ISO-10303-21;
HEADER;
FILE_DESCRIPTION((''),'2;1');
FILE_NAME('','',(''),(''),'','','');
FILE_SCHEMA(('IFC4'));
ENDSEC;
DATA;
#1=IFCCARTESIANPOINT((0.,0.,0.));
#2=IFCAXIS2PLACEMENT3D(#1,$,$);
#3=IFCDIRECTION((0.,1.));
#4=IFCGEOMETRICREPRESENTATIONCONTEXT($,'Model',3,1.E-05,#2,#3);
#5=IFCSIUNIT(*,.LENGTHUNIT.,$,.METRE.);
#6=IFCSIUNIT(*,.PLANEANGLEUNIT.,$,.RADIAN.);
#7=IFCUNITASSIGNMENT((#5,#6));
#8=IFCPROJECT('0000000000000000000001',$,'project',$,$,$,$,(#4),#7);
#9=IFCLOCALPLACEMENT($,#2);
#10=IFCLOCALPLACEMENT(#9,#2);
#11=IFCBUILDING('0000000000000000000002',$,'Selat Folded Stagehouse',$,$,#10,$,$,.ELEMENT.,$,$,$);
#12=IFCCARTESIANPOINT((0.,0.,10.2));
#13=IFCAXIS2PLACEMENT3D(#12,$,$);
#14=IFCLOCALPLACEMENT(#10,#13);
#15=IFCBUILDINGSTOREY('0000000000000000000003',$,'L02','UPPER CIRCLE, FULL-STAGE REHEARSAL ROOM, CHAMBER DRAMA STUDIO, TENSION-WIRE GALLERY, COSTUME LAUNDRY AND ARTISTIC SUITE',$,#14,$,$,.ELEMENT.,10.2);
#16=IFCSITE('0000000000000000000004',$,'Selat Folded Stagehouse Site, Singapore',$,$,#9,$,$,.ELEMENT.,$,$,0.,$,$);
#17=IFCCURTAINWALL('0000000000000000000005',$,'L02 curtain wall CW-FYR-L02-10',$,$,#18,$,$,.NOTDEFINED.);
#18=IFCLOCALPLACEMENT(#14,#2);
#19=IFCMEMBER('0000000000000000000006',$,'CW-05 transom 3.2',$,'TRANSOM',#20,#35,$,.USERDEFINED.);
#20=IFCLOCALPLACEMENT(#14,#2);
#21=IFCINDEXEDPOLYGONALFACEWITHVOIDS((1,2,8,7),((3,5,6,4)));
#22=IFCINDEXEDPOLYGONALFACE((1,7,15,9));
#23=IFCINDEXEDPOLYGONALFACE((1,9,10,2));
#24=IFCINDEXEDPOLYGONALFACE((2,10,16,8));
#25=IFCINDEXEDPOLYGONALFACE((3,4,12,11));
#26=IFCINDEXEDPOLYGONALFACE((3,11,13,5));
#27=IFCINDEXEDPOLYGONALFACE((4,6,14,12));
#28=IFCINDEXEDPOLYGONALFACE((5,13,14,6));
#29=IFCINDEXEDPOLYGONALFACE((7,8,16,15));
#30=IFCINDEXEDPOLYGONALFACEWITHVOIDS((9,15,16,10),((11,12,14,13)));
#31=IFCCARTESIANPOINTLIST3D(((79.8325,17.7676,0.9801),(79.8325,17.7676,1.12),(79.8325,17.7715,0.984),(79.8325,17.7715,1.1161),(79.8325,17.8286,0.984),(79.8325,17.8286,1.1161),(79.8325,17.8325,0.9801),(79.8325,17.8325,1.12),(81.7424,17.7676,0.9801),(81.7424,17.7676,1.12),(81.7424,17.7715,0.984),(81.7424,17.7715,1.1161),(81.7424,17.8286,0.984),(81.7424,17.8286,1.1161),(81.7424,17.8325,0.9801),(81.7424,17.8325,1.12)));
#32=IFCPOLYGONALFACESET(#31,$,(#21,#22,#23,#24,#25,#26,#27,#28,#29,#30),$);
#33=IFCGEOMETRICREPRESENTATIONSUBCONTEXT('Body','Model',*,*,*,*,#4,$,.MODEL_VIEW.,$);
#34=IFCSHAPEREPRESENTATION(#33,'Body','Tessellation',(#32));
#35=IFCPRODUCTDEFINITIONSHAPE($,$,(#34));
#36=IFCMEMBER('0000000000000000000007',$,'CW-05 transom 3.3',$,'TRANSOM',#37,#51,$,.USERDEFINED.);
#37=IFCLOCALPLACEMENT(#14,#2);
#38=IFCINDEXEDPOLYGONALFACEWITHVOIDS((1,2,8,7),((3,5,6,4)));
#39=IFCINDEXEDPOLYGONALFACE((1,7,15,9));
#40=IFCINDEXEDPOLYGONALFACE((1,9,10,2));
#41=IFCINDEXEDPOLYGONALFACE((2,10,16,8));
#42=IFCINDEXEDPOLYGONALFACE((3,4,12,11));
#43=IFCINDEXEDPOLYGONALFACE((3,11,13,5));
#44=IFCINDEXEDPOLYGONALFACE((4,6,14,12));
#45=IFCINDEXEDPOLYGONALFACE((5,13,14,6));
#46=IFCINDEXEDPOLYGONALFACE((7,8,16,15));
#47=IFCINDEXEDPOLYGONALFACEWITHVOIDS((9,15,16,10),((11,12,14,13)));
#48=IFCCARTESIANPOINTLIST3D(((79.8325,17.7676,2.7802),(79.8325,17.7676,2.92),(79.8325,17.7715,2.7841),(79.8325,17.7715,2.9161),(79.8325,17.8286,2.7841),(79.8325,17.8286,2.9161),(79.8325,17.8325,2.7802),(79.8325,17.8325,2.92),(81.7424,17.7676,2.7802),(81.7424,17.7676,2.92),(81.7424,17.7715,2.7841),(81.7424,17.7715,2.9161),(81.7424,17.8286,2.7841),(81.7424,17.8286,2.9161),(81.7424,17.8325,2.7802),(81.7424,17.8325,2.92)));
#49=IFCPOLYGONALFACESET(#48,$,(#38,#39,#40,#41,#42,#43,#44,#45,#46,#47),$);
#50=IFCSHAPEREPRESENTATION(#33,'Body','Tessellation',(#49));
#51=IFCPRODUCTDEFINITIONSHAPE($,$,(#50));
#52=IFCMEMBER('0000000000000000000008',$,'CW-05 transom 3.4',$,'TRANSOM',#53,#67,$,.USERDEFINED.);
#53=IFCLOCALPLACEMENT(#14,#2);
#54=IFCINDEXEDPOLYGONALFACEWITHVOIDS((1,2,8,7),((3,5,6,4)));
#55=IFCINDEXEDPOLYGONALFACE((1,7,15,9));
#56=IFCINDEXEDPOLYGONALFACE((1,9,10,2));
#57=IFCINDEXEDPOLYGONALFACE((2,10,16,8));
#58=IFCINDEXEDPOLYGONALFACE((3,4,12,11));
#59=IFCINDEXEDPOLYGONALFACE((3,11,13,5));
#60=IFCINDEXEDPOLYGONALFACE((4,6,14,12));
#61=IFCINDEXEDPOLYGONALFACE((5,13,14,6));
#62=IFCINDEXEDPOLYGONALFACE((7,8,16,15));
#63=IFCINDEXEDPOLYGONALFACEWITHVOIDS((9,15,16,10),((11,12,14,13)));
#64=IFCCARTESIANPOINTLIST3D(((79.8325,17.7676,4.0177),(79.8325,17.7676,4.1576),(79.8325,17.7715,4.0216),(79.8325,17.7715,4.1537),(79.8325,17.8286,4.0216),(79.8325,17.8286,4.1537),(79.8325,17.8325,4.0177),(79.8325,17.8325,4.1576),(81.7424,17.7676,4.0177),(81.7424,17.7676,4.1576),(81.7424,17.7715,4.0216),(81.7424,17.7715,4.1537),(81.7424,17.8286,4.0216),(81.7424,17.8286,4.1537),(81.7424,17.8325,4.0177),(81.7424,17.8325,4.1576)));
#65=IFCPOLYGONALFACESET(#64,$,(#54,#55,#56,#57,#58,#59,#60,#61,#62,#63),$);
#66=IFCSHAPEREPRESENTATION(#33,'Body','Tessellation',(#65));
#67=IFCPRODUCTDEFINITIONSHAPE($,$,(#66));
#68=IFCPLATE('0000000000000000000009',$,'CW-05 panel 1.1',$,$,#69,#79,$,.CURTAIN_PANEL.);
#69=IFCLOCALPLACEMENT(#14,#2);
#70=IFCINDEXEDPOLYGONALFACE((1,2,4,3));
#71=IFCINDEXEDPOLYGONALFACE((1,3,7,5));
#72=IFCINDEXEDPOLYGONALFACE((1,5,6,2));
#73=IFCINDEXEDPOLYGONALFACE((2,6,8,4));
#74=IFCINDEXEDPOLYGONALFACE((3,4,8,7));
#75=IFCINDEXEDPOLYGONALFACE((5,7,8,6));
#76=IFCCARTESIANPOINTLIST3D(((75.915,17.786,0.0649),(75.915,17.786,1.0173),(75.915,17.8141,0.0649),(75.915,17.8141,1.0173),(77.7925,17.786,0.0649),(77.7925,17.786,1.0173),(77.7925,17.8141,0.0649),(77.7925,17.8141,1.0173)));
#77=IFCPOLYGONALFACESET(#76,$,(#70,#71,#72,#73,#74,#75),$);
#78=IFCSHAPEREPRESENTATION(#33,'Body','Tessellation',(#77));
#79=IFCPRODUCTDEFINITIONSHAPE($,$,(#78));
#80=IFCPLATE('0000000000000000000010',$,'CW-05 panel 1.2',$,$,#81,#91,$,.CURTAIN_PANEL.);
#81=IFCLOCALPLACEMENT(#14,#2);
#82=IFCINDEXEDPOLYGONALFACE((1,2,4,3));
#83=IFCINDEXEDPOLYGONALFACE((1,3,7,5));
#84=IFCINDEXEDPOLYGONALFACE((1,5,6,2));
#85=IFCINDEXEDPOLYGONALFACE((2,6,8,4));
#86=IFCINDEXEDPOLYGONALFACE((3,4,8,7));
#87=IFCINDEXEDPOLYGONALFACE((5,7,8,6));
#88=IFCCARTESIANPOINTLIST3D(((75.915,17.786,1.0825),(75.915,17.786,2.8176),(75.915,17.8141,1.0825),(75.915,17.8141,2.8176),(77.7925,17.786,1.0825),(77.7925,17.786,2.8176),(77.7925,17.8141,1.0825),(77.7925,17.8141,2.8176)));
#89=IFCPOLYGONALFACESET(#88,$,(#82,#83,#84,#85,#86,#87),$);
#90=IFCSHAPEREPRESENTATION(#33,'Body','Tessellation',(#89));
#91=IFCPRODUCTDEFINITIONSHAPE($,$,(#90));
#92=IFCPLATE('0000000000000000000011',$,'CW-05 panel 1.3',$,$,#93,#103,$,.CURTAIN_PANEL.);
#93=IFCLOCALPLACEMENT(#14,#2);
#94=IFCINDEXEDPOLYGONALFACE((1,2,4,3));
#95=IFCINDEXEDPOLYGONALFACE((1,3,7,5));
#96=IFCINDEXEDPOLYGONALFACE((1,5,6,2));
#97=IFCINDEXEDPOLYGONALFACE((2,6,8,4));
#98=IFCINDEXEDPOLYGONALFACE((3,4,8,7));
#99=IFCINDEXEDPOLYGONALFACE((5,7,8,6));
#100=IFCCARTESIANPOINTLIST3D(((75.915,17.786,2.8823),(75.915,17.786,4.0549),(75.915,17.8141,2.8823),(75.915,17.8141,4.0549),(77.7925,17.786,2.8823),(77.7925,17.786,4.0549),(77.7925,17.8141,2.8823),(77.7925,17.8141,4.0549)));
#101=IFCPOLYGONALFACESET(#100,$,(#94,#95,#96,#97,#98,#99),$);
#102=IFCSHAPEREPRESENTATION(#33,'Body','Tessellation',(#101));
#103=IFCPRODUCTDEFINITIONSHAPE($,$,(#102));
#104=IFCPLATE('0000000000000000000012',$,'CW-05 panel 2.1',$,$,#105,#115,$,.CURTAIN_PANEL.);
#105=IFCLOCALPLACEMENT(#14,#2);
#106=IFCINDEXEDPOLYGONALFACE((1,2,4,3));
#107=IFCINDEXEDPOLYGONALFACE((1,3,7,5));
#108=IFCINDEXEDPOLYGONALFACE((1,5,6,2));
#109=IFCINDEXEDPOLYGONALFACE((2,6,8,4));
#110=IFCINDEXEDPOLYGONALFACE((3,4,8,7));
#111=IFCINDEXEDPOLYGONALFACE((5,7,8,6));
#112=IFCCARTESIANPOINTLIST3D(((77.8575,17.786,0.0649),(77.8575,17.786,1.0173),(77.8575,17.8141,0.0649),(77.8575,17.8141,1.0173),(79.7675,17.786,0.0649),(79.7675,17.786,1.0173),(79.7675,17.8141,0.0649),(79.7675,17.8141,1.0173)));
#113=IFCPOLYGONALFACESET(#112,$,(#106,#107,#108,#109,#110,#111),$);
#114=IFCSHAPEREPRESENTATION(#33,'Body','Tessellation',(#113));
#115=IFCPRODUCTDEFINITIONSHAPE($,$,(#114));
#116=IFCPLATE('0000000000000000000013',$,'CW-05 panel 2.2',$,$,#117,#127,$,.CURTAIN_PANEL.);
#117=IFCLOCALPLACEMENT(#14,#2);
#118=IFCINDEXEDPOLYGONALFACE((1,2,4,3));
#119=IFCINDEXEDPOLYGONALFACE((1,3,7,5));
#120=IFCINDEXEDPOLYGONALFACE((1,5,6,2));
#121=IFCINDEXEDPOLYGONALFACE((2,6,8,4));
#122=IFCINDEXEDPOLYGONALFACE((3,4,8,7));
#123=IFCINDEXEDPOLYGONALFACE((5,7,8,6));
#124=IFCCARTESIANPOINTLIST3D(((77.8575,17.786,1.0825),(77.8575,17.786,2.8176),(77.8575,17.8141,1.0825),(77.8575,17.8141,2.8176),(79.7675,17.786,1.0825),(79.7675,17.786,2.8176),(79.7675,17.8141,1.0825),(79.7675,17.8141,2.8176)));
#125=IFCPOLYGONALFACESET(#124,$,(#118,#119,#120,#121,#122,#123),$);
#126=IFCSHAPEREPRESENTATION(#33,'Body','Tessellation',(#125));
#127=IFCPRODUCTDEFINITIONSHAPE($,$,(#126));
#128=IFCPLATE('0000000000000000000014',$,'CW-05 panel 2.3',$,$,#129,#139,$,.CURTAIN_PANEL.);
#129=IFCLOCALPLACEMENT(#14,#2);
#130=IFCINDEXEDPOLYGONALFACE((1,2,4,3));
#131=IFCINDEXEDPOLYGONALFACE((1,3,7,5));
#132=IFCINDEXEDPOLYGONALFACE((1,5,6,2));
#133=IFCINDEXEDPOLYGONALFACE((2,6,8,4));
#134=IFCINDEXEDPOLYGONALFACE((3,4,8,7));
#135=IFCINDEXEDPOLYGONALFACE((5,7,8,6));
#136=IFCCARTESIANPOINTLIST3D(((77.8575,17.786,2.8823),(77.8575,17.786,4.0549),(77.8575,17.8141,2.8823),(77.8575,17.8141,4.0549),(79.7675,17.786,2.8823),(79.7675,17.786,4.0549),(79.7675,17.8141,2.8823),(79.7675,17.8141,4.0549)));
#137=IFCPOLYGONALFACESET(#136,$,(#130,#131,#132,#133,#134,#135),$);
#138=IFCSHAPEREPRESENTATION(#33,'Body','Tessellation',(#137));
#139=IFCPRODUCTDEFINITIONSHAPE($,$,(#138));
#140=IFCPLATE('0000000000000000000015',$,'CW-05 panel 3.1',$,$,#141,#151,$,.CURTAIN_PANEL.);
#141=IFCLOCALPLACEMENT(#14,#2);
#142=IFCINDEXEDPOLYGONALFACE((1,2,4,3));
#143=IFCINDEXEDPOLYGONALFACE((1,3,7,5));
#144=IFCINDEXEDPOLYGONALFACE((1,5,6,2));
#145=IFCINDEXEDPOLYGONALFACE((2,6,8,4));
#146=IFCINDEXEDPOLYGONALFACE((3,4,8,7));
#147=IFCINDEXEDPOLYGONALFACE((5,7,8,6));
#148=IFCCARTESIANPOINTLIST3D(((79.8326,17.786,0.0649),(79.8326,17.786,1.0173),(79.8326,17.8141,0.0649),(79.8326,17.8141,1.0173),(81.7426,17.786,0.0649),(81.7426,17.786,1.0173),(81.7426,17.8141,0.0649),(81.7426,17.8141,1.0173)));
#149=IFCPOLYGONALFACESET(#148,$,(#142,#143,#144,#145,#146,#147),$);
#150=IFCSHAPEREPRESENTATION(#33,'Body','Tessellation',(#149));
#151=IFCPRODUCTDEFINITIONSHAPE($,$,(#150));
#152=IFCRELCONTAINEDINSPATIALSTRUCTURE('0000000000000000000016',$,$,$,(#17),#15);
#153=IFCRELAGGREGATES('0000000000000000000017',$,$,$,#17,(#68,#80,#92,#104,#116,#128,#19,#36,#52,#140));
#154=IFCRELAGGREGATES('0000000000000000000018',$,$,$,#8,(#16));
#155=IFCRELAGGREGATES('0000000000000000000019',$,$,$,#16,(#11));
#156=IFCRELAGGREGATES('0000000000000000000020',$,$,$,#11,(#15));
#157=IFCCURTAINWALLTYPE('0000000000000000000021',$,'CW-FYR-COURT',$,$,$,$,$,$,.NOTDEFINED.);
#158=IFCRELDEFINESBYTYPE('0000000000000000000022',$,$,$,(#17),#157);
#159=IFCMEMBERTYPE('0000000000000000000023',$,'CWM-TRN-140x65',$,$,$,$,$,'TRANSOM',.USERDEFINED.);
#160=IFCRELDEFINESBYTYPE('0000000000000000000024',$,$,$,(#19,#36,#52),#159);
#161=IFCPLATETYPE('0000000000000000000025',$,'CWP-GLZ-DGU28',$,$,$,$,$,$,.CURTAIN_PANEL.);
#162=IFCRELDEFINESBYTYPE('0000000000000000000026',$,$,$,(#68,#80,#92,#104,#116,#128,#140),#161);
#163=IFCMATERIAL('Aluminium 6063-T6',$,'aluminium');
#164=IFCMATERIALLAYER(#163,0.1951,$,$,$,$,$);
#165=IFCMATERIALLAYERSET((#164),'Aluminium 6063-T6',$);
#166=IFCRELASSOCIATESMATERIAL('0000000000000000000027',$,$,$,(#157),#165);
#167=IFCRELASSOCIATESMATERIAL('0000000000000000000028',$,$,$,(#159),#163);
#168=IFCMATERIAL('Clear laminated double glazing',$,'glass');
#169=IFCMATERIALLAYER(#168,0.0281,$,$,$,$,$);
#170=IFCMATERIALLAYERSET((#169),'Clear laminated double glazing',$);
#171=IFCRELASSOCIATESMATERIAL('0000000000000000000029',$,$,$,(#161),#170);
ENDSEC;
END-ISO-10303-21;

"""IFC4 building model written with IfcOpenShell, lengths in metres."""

from ifc_helpers import new_model, si_unit, direction, frame, origin, origin_2d, place, context, subcontext, project, spatial, rectangle, hollow_rectangle, extrude, material, layer, layer_set, material_profile, profile_set, type_object, element, aggregate, save


model = new_model("IFC4")

# Units and contexts
model_context = context("Model", 3, precision=1e-05, world=origin(), true_north=direction((0.0, 1.0)))
body_context = subcontext(model_context, "Body", "Model", "MODEL_VIEW")
ifc_project = project(units=[si_unit("LENGTHUNIT", "METRE"), si_unit("PLANEANGLEUNIT", "RADIAN")], contexts=[model_context])

# Site, building, storey
site_placement = place(None, origin())
site = spatial("IfcSite", under=ifc_project, at=site_placement, Name="Selat Folded Stagehouse Site, Singapore", CompositionType="ELEMENT", RefElevation=0.0)
building_placement = place(site_placement, origin())
building = spatial("IfcBuilding", under=site, at=building_placement, Name="Selat Folded Stagehouse", CompositionType="ELEMENT")
storey_placement = place(building_placement, frame((0.0, 0.0, 10.2)))
storey = spatial("IfcBuildingStorey", under=building, at=storey_placement, Name="L02", Description="UPPER CIRCLE, FULL-STAGE REHEARSAL ROOM, CHAMBER DRAMA STUDIO, TENSION-WIRE GALLERY, COSTUME LAUNDRY AND ARTISTIC SUITE", CompositionType="ELEMENT", Elevation=10.2)

# Curtain wall, members, plates
ifc_material_1 = material(Name="Aluminium 6063-T6", Category="aluminium")
ifc_layer_1 = layer(ifc_material_1, 0.1951)
ifc_layer_set_1 = layer_set([ifc_layer_1], Name="Aluminium 6063-T6")
curtain_wall_type = type_object("IfcCurtainWallType", Name="CW-FYR-COURT", PredefinedType="NOTDEFINED", material=ifc_layer_set_1)
curtain_wall_placement = place(storey_placement, origin())
curtain_wall = element("IfcCurtainWall", 1, at=curtain_wall_placement, inside=storey, type_object=curtain_wall_type, Name="L02 curtain wall CW-FYR-L02-10", PredefinedType="NOTDEFINED")
ifc_material_profile_1 = material_profile(ifc_material_1, hollow_rectangle(XDim=0.0649, YDim=0.1399, WallThickness=0.0039, at=origin_2d()), Name="ALU 140x65x4.0")
ifc_profile_set_1 = profile_set([ifc_material_profile_1], Name="Aluminium 6063-T6")
member_type_1 = type_object("IfcMemberType", Name="CWM-TRN-140x65", ElementType="TRANSOM", PredefinedType="USERDEFINED", material=ifc_profile_set_1)
member_1_placement = place(storey_placement, frame((79.8325, 17.8, 1.05), z_axis=(1.0, 0.0, 0.0), x_axis=(0.0, 1.0, 0.0)))
member_1 = element("IfcMember", 2, at=member_1_placement, type_object=member_type_1, Name="CW-05 transom 3.2", ObjectType="TRANSOM", PredefinedType="USERDEFINED", context=body_context, shape_type="SweptSolid", body=[
    extrude(hollow_rectangle(XDim=0.0649, YDim=0.1399, WallThickness=0.0039, at=origin_2d()), origin(), (0.0, 0.0, 1.0), 1.9099),
])
member_2_placement = place(storey_placement, frame((79.8325, 17.8, 2.8501), z_axis=(1.0, 0.0, 0.0), x_axis=(0.0, 1.0, 0.0)))
member_2 = element("IfcMember", 3, at=member_2_placement, type_object=member_type_1, Name="CW-05 transom 3.3", ObjectType="TRANSOM", PredefinedType="USERDEFINED", context=body_context, shape_type="SweptSolid", body=[
    extrude(hollow_rectangle(XDim=0.0649, YDim=0.1399, WallThickness=0.0039, at=origin_2d()), origin(), (0.0, 0.0, 1.0), 1.9099),
])
member_3_placement = place(storey_placement, frame((79.8325, 17.8, 4.0876), z_axis=(1.0, 0.0, 0.0), x_axis=(0.0, 1.0, 0.0)))
member_3 = element("IfcMember", 4, at=member_3_placement, type_object=member_type_1, Name="CW-05 transom 3.4", ObjectType="TRANSOM", PredefinedType="USERDEFINED", context=body_context, shape_type="SweptSolid", body=[
    extrude(hollow_rectangle(XDim=0.0649, YDim=0.1399, WallThickness=0.0039, at=origin_2d()), origin(), (0.0, 0.0, 1.0), 1.9099),
])
ifc_material_2 = material(Name="Clear laminated double glazing", Category="glass")
ifc_layer_2 = layer(ifc_material_2, 0.0281)
ifc_layer_set_2 = layer_set([ifc_layer_2], Name="Clear laminated double glazing")
plate_type = type_object("IfcPlateType", Name="CWP-GLZ-DGU28", PredefinedType="CURTAIN_PANEL", material=ifc_layer_set_2)
plate_1_placement = place(storey_placement, frame((76.8538, 17.8, 0.0649), z_axis=(0.0, 0.0, 1.0), x_axis=(1.0, 0.0, 0.0)))
plate_1 = element("IfcPlate", 5, at=plate_1_placement, type_object=plate_type, Name="CW-05 panel 1.1", PredefinedType="CURTAIN_PANEL", context=body_context, shape_type="SweptSolid", body=[
    extrude(rectangle(XDim=1.8774, YDim=0.0281, at=origin_2d()), origin(), (0.0, 0.0, 1.0), 0.9524),
])
plate_2_placement = place(storey_placement, frame((76.8538, 17.8, 1.0825), z_axis=(0.0, 0.0, 1.0), x_axis=(1.0, 0.0, 0.0)))
plate_2 = element("IfcPlate", 6, at=plate_2_placement, type_object=plate_type, Name="CW-05 panel 1.2", PredefinedType="CURTAIN_PANEL", context=body_context, shape_type="SweptSolid", body=[
    extrude(rectangle(XDim=1.8774, YDim=0.0281, at=origin_2d()), origin(), (0.0, 0.0, 1.0), 1.7351),
])
plate_3_placement = place(storey_placement, frame((76.8538, 17.8, 2.8823), z_axis=(0.0, 0.0, 1.0), x_axis=(1.0, 0.0, 0.0)))
plate_3 = element("IfcPlate", 7, at=plate_3_placement, type_object=plate_type, Name="CW-05 panel 1.3", PredefinedType="CURTAIN_PANEL", context=body_context, shape_type="SweptSolid", body=[
    extrude(rectangle(XDim=1.8774, YDim=0.0281, at=origin_2d()), origin(), (0.0, 0.0, 1.0), 1.1726),
])
plate_4_placement = place(storey_placement, frame((78.8125, 17.8, 0.0649), z_axis=(0.0, 0.0, 1.0), x_axis=(1.0, 0.0, 0.0)))
plate_4 = element("IfcPlate", 8, at=plate_4_placement, type_object=plate_type, Name="CW-05 panel 2.1", PredefinedType="CURTAIN_PANEL", context=body_context, shape_type="SweptSolid", body=[
    extrude(rectangle(XDim=1.9099, YDim=0.0281, at=origin_2d()), origin(), (0.0, 0.0, 1.0), 0.9524),
])
plate_5_placement = place(storey_placement, frame((78.8125, 17.8, 1.0825), z_axis=(0.0, 0.0, 1.0), x_axis=(1.0, 0.0, 0.0)))
plate_5 = element("IfcPlate", 9, at=plate_5_placement, type_object=plate_type, Name="CW-05 panel 2.2", PredefinedType="CURTAIN_PANEL", context=body_context, shape_type="SweptSolid", body=[
    extrude(rectangle(XDim=1.9099, YDim=0.0281, at=origin_2d()), origin(), (0.0, 0.0, 1.0), 1.7351),
])
plate_6_placement = place(storey_placement, frame((78.8125, 17.8, 2.8823), z_axis=(0.0, 0.0, 1.0), x_axis=(1.0, 0.0, 0.0)))
plate_6 = element("IfcPlate", 10, at=plate_6_placement, type_object=plate_type, Name="CW-05 panel 2.3", PredefinedType="CURTAIN_PANEL", context=body_context, shape_type="SweptSolid", body=[
    extrude(rectangle(XDim=1.9099, YDim=0.0281, at=origin_2d()), origin(), (0.0, 0.0, 1.0), 1.1726),
])
plate_7_placement = place(storey_placement, frame((80.7876, 17.8, 0.0649), z_axis=(0.0, 0.0, 1.0), x_axis=(1.0, 0.0, 0.0)))
plate_7 = element("IfcPlate", 11, at=plate_7_placement, type_object=plate_type, Name="CW-05 panel 3.1", PredefinedType="CURTAIN_PANEL", context=body_context, shape_type="SweptSolid", body=[
    extrude(rectangle(XDim=1.9099, YDim=0.0281, at=origin_2d()), origin(), (0.0, 0.0, 1.0), 0.9524),
])
aggregate(curtain_wall, [plate_1, plate_2, plate_3, plate_4, plate_5, plate_6, member_1, member_2, member_3, plate_7])

save(model, "model.ifc")
